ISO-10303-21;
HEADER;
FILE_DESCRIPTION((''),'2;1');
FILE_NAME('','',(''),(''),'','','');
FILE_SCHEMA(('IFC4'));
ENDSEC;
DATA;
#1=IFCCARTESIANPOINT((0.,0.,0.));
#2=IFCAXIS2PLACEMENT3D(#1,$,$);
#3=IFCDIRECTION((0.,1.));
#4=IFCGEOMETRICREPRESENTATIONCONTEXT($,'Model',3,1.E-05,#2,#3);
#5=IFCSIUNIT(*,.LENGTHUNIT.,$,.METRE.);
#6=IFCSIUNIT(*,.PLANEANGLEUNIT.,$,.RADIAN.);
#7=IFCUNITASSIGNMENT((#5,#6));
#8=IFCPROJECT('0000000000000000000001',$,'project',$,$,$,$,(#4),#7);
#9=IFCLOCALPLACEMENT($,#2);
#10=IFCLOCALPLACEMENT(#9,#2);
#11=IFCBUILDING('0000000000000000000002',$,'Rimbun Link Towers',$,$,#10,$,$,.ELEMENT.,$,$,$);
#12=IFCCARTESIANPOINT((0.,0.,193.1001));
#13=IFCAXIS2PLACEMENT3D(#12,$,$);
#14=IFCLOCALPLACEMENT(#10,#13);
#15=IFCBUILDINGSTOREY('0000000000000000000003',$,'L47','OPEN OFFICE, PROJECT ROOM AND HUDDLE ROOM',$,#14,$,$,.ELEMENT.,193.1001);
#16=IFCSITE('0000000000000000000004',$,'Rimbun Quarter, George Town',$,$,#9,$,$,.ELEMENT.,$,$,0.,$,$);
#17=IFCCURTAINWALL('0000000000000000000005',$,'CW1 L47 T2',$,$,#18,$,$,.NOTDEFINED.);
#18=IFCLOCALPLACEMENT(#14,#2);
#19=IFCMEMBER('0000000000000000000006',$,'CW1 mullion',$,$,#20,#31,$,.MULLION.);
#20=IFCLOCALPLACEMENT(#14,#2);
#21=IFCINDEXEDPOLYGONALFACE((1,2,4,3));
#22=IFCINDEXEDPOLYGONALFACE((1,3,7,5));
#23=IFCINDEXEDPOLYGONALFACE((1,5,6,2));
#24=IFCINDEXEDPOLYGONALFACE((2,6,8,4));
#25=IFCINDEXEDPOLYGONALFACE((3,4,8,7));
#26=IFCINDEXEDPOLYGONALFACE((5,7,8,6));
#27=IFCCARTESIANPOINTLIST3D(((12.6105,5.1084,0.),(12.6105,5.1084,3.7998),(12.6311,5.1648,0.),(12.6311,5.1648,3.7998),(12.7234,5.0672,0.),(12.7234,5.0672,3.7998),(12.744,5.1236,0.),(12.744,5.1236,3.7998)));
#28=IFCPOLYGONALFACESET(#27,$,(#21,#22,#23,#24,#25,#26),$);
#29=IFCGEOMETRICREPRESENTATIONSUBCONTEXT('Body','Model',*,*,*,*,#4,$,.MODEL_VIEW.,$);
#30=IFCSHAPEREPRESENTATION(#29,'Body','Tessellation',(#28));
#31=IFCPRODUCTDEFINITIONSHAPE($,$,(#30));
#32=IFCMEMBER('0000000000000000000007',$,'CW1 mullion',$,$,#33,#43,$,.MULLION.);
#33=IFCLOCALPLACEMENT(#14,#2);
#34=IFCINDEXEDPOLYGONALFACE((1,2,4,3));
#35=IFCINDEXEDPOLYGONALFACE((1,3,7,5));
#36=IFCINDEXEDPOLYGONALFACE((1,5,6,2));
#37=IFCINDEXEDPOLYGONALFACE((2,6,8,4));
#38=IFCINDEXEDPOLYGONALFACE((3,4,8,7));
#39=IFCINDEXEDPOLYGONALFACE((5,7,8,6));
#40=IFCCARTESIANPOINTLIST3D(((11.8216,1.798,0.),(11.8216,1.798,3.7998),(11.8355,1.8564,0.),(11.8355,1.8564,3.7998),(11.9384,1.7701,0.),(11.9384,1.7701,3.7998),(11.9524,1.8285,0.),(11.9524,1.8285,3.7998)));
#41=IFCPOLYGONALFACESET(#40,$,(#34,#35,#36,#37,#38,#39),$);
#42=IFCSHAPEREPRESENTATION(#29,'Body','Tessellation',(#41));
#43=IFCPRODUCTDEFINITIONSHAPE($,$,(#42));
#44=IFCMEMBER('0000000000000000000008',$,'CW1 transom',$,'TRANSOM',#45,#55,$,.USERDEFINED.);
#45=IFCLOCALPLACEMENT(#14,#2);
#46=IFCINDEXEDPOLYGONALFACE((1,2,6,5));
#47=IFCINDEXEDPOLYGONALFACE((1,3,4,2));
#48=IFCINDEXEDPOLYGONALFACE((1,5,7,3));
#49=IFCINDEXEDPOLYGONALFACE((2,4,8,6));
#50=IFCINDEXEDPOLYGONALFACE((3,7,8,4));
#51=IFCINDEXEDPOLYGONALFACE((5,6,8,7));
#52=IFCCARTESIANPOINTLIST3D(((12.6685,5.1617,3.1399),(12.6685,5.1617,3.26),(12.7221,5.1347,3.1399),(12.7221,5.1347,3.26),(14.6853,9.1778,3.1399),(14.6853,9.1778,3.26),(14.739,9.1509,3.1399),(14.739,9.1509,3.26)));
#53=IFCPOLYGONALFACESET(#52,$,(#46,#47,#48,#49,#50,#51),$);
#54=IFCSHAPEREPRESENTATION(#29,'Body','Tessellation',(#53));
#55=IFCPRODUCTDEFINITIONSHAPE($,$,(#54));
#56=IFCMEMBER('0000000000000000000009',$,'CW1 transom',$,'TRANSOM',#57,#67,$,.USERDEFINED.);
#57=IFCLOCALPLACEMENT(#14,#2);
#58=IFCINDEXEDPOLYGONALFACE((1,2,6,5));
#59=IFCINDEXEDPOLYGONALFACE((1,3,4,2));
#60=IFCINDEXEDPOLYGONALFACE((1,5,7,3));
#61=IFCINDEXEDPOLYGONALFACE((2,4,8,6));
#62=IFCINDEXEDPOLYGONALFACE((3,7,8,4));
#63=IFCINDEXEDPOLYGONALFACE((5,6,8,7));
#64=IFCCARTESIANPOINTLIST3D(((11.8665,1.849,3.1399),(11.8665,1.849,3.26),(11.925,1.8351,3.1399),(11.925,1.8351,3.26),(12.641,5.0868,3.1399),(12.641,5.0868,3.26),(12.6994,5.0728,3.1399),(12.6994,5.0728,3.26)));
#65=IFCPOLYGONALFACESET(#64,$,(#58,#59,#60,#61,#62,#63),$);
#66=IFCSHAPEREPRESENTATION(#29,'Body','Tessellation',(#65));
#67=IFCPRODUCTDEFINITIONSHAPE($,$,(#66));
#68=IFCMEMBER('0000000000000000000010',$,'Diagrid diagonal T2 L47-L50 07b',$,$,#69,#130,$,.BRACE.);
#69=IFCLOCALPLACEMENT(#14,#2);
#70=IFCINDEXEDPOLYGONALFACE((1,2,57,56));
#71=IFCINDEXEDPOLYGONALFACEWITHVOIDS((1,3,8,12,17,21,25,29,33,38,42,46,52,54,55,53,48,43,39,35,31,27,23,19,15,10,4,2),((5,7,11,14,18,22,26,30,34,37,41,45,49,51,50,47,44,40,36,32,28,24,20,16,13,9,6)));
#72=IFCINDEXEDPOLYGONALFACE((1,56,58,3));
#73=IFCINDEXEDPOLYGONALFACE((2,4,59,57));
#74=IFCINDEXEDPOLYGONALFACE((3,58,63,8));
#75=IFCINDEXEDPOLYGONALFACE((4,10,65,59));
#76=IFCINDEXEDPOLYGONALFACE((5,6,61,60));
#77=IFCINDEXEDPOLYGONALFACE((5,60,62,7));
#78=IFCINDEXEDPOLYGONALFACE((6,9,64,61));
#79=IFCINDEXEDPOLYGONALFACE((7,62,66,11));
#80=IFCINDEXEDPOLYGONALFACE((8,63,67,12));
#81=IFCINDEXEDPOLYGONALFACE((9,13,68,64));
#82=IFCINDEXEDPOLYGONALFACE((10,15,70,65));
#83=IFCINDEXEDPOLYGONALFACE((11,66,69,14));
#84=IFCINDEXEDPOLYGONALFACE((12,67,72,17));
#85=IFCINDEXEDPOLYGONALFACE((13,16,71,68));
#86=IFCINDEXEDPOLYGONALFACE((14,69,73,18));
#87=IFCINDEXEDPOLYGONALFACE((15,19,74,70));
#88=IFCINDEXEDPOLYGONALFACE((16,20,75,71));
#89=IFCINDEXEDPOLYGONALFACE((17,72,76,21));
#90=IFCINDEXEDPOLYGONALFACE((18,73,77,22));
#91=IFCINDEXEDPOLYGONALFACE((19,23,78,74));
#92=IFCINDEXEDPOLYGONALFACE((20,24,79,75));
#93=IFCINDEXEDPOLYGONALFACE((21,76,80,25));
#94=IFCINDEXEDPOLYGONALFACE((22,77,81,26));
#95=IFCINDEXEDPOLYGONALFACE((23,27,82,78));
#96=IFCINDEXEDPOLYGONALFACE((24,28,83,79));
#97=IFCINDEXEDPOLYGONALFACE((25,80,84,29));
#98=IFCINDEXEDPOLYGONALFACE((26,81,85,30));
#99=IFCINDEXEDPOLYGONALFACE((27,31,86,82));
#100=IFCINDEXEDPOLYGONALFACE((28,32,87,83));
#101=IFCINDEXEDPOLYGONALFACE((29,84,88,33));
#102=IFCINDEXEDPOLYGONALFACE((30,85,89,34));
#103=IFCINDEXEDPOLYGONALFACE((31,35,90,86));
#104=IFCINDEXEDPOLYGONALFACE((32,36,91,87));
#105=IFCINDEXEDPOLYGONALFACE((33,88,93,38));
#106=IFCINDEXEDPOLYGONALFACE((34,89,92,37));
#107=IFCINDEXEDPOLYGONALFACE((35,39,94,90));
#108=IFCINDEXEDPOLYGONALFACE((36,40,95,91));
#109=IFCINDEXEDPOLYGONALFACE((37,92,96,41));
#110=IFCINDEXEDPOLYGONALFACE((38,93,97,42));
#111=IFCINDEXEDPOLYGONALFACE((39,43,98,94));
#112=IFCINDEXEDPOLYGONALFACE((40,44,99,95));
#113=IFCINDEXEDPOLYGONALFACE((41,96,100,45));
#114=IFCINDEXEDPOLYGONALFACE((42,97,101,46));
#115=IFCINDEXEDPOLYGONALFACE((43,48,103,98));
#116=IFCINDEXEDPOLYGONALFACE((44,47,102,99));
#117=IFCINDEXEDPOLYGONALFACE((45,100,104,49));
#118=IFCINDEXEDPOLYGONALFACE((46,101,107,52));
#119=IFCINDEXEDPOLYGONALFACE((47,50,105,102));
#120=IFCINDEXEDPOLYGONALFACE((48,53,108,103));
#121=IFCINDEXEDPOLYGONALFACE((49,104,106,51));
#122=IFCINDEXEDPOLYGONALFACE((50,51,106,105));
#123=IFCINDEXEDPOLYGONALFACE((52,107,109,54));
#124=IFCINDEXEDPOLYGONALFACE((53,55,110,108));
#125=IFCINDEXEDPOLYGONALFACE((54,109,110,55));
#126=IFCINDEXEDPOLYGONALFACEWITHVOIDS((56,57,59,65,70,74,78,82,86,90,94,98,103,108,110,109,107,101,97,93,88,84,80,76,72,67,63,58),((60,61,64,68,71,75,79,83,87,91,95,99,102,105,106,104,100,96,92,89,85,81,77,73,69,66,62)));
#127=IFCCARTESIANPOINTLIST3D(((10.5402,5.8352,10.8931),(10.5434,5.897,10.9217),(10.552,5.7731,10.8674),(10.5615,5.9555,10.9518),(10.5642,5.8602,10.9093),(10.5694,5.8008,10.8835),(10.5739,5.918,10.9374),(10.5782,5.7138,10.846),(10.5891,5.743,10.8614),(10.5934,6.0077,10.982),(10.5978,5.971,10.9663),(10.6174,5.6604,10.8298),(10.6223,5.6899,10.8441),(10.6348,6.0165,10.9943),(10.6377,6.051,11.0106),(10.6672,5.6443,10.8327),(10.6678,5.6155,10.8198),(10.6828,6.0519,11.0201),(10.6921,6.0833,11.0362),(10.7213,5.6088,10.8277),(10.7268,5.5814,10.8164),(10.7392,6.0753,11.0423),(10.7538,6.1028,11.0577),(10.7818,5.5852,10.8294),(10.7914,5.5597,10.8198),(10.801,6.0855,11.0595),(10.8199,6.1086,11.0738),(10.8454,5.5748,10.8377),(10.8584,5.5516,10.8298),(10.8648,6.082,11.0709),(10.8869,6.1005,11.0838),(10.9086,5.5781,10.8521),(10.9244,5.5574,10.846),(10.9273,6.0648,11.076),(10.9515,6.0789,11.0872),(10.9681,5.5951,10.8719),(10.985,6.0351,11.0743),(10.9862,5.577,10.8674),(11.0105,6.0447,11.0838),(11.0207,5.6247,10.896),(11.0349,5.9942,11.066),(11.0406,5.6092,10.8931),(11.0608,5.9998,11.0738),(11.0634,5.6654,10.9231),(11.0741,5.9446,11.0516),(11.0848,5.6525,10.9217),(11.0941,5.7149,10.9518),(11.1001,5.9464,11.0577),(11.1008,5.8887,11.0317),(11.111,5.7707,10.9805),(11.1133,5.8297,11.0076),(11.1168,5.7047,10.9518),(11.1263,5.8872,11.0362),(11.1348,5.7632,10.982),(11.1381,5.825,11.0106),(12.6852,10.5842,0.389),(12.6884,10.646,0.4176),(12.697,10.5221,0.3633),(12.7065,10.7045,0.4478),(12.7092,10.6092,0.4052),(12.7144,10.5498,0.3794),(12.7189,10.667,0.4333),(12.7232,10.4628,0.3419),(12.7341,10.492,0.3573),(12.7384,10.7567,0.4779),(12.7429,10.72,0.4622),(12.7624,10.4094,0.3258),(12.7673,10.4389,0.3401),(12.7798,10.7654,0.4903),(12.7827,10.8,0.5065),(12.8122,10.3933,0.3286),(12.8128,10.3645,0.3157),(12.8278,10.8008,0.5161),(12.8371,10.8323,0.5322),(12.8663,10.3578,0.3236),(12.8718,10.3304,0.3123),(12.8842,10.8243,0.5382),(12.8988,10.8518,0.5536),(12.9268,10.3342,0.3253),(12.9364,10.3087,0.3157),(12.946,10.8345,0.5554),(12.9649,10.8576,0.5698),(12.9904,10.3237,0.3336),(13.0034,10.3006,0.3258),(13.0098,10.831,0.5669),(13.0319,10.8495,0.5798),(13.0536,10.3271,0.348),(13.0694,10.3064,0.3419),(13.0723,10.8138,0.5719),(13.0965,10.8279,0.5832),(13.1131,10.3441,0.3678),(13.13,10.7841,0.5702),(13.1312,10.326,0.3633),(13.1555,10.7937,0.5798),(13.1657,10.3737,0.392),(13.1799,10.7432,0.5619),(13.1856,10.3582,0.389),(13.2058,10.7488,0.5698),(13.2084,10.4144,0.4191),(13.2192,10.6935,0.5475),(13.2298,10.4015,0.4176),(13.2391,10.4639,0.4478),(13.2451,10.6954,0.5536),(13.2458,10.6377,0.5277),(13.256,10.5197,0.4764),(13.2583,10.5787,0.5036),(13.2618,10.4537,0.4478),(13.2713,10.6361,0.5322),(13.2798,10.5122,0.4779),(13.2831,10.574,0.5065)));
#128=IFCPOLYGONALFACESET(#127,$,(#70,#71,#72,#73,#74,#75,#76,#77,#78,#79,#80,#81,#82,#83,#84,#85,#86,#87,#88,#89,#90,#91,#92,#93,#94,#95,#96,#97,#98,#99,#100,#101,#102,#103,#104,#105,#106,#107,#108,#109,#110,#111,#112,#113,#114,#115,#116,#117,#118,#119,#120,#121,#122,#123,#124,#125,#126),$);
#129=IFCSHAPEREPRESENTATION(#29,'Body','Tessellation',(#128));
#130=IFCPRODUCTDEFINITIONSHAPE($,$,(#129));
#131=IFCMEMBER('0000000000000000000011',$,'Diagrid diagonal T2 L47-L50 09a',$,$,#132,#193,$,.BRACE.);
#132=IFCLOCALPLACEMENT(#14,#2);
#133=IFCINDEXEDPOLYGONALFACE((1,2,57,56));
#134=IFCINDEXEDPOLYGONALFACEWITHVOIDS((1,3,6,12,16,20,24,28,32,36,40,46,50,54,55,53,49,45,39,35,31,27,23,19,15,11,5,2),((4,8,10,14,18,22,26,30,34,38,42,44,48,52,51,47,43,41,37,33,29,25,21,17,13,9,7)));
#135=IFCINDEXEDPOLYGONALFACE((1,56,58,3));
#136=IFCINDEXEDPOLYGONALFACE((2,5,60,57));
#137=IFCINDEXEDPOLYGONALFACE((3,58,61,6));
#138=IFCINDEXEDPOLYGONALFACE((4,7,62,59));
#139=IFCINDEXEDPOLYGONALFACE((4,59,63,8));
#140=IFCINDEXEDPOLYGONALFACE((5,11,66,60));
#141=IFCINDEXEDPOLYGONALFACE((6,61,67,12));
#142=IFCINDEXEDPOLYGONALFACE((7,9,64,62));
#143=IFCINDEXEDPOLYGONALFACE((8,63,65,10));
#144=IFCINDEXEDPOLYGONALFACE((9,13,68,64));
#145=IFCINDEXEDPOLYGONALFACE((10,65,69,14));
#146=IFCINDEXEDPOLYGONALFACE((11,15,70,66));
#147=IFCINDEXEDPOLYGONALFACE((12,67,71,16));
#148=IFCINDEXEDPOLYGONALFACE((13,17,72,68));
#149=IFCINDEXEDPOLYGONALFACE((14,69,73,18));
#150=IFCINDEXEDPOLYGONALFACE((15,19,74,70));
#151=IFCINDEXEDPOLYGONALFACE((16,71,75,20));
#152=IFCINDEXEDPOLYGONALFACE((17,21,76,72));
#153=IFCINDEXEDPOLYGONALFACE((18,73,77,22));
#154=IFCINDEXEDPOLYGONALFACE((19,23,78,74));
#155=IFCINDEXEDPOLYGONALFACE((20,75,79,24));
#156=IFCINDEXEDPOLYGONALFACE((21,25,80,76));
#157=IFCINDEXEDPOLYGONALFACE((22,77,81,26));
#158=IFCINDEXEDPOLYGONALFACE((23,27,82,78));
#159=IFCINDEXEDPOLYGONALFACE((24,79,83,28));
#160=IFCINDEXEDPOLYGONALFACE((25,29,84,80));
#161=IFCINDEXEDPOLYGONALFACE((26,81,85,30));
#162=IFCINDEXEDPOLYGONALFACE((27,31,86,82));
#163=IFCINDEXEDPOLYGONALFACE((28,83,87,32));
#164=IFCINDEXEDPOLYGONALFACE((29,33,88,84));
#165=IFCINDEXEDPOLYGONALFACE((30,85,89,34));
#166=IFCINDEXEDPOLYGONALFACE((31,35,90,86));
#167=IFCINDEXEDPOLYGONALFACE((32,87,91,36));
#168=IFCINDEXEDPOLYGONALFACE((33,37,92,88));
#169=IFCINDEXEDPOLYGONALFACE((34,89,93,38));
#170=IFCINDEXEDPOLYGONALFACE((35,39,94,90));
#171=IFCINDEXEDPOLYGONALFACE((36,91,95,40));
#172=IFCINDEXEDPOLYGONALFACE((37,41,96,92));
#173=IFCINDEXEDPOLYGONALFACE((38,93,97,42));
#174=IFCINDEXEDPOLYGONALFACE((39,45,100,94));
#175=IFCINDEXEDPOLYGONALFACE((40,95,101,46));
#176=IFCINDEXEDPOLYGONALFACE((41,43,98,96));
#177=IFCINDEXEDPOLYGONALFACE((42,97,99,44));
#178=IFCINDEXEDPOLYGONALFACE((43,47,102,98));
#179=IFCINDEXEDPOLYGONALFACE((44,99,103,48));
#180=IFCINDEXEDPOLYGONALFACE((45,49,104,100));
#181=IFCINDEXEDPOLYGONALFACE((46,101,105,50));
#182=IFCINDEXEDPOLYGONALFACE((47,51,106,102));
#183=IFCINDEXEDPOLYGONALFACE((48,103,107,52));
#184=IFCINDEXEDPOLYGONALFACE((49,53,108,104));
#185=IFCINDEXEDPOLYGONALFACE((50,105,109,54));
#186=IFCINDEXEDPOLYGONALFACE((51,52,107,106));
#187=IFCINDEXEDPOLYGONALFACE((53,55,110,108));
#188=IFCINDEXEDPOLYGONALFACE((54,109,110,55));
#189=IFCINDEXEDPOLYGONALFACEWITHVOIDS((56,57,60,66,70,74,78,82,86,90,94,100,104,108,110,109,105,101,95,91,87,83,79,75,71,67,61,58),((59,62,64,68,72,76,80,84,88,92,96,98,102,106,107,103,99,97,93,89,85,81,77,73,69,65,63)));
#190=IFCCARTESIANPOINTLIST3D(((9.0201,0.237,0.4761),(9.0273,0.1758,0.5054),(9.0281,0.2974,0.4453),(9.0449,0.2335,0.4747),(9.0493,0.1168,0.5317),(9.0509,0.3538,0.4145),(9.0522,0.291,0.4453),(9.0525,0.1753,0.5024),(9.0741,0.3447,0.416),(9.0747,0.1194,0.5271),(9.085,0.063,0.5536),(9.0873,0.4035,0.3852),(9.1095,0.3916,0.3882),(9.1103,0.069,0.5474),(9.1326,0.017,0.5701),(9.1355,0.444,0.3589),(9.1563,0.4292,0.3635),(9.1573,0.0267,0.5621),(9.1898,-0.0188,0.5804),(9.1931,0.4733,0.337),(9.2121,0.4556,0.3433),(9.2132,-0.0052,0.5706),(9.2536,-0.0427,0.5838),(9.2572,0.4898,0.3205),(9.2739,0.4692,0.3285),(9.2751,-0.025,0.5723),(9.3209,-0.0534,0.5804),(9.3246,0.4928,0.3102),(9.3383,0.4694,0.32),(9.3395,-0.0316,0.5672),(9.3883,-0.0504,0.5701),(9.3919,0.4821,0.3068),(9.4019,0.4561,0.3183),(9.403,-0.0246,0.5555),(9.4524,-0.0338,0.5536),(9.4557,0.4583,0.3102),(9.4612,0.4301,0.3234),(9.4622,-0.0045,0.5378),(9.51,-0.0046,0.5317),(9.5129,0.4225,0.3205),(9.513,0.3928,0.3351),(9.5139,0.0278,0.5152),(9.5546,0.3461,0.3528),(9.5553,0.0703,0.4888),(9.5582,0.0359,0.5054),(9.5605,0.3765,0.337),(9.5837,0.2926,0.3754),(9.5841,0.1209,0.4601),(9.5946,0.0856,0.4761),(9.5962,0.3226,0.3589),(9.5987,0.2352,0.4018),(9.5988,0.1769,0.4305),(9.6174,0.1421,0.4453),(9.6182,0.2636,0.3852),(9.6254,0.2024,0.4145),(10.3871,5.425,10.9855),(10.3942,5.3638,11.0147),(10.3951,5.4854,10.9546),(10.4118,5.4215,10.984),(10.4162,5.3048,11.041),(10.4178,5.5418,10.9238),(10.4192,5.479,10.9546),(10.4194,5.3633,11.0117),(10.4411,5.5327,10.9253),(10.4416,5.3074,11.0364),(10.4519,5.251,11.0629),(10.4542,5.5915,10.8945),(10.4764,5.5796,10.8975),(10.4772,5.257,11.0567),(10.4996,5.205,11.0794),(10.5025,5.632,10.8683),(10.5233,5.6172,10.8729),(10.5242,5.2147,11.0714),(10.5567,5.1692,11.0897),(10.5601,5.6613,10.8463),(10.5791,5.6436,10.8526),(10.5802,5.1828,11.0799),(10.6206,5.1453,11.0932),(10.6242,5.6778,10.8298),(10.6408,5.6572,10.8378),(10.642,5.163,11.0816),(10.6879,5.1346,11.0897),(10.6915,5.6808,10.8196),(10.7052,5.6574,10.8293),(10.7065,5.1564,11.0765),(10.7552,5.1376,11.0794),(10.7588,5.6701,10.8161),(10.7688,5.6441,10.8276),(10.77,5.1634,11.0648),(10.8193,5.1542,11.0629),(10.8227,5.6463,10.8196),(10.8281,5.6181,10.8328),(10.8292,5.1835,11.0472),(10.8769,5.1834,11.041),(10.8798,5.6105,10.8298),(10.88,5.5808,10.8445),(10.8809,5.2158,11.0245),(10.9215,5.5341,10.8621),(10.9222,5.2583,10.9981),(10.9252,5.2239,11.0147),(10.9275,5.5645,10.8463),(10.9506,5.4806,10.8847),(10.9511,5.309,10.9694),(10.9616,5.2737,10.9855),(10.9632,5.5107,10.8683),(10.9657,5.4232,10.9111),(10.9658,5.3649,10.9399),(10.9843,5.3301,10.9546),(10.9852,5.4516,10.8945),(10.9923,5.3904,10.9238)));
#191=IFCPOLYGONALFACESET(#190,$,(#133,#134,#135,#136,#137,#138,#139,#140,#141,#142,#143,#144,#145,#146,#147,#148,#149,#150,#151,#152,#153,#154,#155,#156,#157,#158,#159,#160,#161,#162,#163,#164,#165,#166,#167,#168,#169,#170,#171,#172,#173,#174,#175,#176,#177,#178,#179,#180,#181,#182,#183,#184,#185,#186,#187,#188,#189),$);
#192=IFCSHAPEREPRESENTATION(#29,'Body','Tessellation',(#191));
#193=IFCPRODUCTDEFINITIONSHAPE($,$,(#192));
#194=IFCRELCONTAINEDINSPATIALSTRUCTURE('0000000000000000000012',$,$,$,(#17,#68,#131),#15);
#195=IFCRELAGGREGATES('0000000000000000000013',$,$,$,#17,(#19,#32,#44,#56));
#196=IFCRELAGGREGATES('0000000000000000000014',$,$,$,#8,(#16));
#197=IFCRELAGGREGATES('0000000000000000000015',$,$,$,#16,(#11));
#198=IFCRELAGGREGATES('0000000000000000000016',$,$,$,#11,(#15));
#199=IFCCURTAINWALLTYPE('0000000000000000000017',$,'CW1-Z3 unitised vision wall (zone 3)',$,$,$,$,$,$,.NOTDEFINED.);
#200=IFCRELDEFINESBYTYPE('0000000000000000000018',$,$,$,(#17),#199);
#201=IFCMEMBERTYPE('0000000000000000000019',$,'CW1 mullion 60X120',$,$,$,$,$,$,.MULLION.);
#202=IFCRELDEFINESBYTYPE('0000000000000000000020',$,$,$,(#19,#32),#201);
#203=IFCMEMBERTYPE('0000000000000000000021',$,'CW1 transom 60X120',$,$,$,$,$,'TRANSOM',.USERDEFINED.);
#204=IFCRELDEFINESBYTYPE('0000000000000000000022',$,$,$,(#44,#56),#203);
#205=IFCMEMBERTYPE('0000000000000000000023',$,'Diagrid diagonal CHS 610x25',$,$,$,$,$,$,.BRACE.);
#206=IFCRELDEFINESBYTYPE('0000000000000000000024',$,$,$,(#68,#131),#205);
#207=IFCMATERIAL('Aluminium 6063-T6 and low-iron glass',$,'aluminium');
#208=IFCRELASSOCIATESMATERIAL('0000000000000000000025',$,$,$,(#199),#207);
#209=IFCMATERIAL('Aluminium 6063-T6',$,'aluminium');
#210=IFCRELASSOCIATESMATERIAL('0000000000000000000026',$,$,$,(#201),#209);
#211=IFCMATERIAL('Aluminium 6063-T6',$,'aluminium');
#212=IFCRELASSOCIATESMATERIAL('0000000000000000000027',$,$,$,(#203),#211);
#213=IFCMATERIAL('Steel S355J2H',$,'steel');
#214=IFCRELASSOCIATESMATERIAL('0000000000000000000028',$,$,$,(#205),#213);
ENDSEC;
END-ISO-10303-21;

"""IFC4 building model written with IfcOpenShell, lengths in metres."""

from ifc_helpers import new_model, si_unit, direction, frame, origin, origin_2d, place, context, subcontext, project, spatial, rectangle, hollow_circle, extrude, material, material_profile, profile_set, type_object, element, aggregate, save


model = new_model("IFC4")

# Units and contexts
model_context = context("Model", 3, precision=1e-05, world=origin(), true_north=direction((0.0, 1.0)))
body_context = subcontext(model_context, "Body", "Model", "MODEL_VIEW")
ifc_project = project(units=[si_unit("LENGTHUNIT", "METRE"), si_unit("PLANEANGLEUNIT", "RADIAN")], contexts=[model_context])

# Site, building, storey
site_placement = place(None, origin())
site = spatial("IfcSite", under=ifc_project, at=site_placement, Name="Rimbun Quarter, George Town", CompositionType="ELEMENT", RefElevation=0.0)
building_placement = place(site_placement, origin())
building = spatial("IfcBuilding", under=site, at=building_placement, Name="Rimbun Link Towers", CompositionType="ELEMENT")
storey_placement = place(building_placement, frame((0.0, 0.0, 193.1001)))
storey = spatial("IfcBuildingStorey", under=building, at=storey_placement, Name="L47", Description="OPEN OFFICE, PROJECT ROOM AND HUDDLE ROOM", CompositionType="ELEMENT", Elevation=193.1001)

# Curtain wall, members
ifc_material_1 = material(Name="Aluminium 6063-T6 and low-iron glass", Category="aluminium")
curtain_wall_type = type_object("IfcCurtainWallType", Name="CW1-Z3 unitised vision wall (zone 3)", PredefinedType="NOTDEFINED", material=ifc_material_1)
curtain_wall_placement = place(storey_placement, origin())
curtain_wall = element("IfcCurtainWall", 1, at=curtain_wall_placement, inside=storey, type_object=curtain_wall_type, Name="CW1 L47 T2", PredefinedType="NOTDEFINED")
ifc_material_2 = material(Name="Aluminium 6063-T6", Category="aluminium")
ifc_material_profile_1 = material_profile(ifc_material_2, rectangle(XDim=0.1201, YDim=0.0601, at=origin_2d()), Name="MULLION 60X120")
ifc_profile_set_1 = profile_set([ifc_material_profile_1], Name="Aluminium 6063-T6")
member_type_1 = type_object("IfcMemberType", Name="CW1 mullion 60X120", PredefinedType="MULLION", material=ifc_profile_set_1)
member_1_placement = place(storey_placement, frame((12.6772, 5.116, 0.0), z_axis=(0.0, 0.0, 1.0), x_axis=(-0.939346, 0.342972, 0.0)))
member_1 = element("IfcMember", 2, at=member_1_placement, type_object=member_type_1, Name="CW1 mullion", PredefinedType="MULLION", context=body_context, shape_type="SweptSolid", body=[
    extrude(rectangle(XDim=0.1201, YDim=0.0601, at=origin_2d()), origin(), (0.0, 0.0, 1.0), 3.7998),
])
member_2_placement = place(storey_placement, frame((11.887, 1.8132, 0.0), z_axis=(0.0, 0.0, 1.0), x_axis=(-0.972569, 0.232616, 0.0)))
member_2 = element("IfcMember", 3, at=member_2_placement, type_object=member_type_1, Name="CW1 mullion", PredefinedType="MULLION", context=body_context, shape_type="SweptSolid", body=[
    extrude(rectangle(XDim=0.1201, YDim=0.0601, at=origin_2d()), origin(), (0.0, 0.0, 1.0), 3.7998),
])
ifc_material_3 = material(Name="Aluminium 6063-T6", Category="aluminium")
ifc_material_profile_2 = material_profile(ifc_material_3, rectangle(XDim=0.0601, YDim=0.1201, at=origin_2d()), Name="TRANSOM 60X120")
ifc_profile_set_2 = profile_set([ifc_material_profile_2], Name="Aluminium 6063-T6")
member_type_2 = type_object("IfcMemberType", Name="CW1 transom 60X120", ElementType="TRANSOM", PredefinedType="USERDEFINED", material=ifc_profile_set_2)
member_3_placement = place(storey_placement, frame((12.6953, 5.1482, 3.2), z_axis=(0.448777, 0.893644, 0.0), x_axis=(-0.893644, 0.448777, 0.0)))
member_3 = element("IfcMember", 4, at=member_3_placement, type_object=member_type_2, Name="CW1 transom", ObjectType="TRANSOM", PredefinedType="USERDEFINED", context=body_context, shape_type="SweptSolid", body=[
    extrude(rectangle(XDim=0.0601, YDim=0.1201, at=origin_2d()), origin(), (0.0, 0.0, 1.0), 4.4941),
])
member_4_placement = place(storey_placement, frame((11.8958, 1.842, 3.2), z_axis=(0.232618, 0.972568, 0.0), x_axis=(-0.972568, 0.232618, 0.0)))
member_4 = element("IfcMember", 5, at=member_4_placement, type_object=member_type_2, Name="CW1 transom", ObjectType="TRANSOM", PredefinedType="USERDEFINED", context=body_context, shape_type="SweptSolid", body=[
    extrude(rectangle(XDim=0.0601, YDim=0.1201, at=origin_2d()), origin(), (0.0, 0.0, 1.0), 3.3291),
])

# Members
ifc_material_4 = material(Name="Steel S355J2H", Category="steel")
ifc_material_profile_3 = material_profile(ifc_material_4, hollow_circle(Radius=0.3047, WallThickness=0.0249, at=origin_2d()), Name="Diagrid diagonal CHS 610x25")
ifc_profile_set_3 = profile_set([ifc_material_profile_3], Name="Steel S355J2H")
member_type_3 = type_object("IfcMemberType", Name="Diagrid diagonal CHS 610x25", PredefinedType="BRACE", material=ifc_profile_set_3)
member_5_placement = place(storey_placement, frame((12.9841, 10.5791, 0.4478), z_axis=(-0.182934, -0.405011, 0.895825), x_axis=(0.911349, -0.411634, 0.0)))
element("IfcMember", 6, at=member_5_placement, inside=storey, type_object=member_type_3, Name="Diagrid diagonal T2 L47-L50 07b", PredefinedType="BRACE", context=body_context, shape_type="SweptSolid", body=[
    extrude(hollow_circle(Radius=0.3047, WallThickness=0.0249, at=origin_2d()), origin(), (0.0, 0.0, 1.0), 11.7256),
])
member_6_placement = place(storey_placement, frame((9.3228, 0.2197, 0.4453), z_axis=(0.115847, 0.439678, 0.890653), x_axis=(-0.966997, 0.254787, 0.0)))
element("IfcMember", 7, at=member_6_placement, inside=storey, type_object=member_type_3, Name="Diagrid diagonal T2 L47-L50 09a", PredefinedType="BRACE", context=body_context, shape_type="SweptSolid", body=[
    extrude(hollow_circle(Radius=0.3047, WallThickness=0.0249, at=origin_2d()), origin(), (0.0, 0.0, 1.0), 11.7996),
])

aggregate(curtain_wall, [member_1, member_2, member_3, member_4])

save(model, "model.ifc")
